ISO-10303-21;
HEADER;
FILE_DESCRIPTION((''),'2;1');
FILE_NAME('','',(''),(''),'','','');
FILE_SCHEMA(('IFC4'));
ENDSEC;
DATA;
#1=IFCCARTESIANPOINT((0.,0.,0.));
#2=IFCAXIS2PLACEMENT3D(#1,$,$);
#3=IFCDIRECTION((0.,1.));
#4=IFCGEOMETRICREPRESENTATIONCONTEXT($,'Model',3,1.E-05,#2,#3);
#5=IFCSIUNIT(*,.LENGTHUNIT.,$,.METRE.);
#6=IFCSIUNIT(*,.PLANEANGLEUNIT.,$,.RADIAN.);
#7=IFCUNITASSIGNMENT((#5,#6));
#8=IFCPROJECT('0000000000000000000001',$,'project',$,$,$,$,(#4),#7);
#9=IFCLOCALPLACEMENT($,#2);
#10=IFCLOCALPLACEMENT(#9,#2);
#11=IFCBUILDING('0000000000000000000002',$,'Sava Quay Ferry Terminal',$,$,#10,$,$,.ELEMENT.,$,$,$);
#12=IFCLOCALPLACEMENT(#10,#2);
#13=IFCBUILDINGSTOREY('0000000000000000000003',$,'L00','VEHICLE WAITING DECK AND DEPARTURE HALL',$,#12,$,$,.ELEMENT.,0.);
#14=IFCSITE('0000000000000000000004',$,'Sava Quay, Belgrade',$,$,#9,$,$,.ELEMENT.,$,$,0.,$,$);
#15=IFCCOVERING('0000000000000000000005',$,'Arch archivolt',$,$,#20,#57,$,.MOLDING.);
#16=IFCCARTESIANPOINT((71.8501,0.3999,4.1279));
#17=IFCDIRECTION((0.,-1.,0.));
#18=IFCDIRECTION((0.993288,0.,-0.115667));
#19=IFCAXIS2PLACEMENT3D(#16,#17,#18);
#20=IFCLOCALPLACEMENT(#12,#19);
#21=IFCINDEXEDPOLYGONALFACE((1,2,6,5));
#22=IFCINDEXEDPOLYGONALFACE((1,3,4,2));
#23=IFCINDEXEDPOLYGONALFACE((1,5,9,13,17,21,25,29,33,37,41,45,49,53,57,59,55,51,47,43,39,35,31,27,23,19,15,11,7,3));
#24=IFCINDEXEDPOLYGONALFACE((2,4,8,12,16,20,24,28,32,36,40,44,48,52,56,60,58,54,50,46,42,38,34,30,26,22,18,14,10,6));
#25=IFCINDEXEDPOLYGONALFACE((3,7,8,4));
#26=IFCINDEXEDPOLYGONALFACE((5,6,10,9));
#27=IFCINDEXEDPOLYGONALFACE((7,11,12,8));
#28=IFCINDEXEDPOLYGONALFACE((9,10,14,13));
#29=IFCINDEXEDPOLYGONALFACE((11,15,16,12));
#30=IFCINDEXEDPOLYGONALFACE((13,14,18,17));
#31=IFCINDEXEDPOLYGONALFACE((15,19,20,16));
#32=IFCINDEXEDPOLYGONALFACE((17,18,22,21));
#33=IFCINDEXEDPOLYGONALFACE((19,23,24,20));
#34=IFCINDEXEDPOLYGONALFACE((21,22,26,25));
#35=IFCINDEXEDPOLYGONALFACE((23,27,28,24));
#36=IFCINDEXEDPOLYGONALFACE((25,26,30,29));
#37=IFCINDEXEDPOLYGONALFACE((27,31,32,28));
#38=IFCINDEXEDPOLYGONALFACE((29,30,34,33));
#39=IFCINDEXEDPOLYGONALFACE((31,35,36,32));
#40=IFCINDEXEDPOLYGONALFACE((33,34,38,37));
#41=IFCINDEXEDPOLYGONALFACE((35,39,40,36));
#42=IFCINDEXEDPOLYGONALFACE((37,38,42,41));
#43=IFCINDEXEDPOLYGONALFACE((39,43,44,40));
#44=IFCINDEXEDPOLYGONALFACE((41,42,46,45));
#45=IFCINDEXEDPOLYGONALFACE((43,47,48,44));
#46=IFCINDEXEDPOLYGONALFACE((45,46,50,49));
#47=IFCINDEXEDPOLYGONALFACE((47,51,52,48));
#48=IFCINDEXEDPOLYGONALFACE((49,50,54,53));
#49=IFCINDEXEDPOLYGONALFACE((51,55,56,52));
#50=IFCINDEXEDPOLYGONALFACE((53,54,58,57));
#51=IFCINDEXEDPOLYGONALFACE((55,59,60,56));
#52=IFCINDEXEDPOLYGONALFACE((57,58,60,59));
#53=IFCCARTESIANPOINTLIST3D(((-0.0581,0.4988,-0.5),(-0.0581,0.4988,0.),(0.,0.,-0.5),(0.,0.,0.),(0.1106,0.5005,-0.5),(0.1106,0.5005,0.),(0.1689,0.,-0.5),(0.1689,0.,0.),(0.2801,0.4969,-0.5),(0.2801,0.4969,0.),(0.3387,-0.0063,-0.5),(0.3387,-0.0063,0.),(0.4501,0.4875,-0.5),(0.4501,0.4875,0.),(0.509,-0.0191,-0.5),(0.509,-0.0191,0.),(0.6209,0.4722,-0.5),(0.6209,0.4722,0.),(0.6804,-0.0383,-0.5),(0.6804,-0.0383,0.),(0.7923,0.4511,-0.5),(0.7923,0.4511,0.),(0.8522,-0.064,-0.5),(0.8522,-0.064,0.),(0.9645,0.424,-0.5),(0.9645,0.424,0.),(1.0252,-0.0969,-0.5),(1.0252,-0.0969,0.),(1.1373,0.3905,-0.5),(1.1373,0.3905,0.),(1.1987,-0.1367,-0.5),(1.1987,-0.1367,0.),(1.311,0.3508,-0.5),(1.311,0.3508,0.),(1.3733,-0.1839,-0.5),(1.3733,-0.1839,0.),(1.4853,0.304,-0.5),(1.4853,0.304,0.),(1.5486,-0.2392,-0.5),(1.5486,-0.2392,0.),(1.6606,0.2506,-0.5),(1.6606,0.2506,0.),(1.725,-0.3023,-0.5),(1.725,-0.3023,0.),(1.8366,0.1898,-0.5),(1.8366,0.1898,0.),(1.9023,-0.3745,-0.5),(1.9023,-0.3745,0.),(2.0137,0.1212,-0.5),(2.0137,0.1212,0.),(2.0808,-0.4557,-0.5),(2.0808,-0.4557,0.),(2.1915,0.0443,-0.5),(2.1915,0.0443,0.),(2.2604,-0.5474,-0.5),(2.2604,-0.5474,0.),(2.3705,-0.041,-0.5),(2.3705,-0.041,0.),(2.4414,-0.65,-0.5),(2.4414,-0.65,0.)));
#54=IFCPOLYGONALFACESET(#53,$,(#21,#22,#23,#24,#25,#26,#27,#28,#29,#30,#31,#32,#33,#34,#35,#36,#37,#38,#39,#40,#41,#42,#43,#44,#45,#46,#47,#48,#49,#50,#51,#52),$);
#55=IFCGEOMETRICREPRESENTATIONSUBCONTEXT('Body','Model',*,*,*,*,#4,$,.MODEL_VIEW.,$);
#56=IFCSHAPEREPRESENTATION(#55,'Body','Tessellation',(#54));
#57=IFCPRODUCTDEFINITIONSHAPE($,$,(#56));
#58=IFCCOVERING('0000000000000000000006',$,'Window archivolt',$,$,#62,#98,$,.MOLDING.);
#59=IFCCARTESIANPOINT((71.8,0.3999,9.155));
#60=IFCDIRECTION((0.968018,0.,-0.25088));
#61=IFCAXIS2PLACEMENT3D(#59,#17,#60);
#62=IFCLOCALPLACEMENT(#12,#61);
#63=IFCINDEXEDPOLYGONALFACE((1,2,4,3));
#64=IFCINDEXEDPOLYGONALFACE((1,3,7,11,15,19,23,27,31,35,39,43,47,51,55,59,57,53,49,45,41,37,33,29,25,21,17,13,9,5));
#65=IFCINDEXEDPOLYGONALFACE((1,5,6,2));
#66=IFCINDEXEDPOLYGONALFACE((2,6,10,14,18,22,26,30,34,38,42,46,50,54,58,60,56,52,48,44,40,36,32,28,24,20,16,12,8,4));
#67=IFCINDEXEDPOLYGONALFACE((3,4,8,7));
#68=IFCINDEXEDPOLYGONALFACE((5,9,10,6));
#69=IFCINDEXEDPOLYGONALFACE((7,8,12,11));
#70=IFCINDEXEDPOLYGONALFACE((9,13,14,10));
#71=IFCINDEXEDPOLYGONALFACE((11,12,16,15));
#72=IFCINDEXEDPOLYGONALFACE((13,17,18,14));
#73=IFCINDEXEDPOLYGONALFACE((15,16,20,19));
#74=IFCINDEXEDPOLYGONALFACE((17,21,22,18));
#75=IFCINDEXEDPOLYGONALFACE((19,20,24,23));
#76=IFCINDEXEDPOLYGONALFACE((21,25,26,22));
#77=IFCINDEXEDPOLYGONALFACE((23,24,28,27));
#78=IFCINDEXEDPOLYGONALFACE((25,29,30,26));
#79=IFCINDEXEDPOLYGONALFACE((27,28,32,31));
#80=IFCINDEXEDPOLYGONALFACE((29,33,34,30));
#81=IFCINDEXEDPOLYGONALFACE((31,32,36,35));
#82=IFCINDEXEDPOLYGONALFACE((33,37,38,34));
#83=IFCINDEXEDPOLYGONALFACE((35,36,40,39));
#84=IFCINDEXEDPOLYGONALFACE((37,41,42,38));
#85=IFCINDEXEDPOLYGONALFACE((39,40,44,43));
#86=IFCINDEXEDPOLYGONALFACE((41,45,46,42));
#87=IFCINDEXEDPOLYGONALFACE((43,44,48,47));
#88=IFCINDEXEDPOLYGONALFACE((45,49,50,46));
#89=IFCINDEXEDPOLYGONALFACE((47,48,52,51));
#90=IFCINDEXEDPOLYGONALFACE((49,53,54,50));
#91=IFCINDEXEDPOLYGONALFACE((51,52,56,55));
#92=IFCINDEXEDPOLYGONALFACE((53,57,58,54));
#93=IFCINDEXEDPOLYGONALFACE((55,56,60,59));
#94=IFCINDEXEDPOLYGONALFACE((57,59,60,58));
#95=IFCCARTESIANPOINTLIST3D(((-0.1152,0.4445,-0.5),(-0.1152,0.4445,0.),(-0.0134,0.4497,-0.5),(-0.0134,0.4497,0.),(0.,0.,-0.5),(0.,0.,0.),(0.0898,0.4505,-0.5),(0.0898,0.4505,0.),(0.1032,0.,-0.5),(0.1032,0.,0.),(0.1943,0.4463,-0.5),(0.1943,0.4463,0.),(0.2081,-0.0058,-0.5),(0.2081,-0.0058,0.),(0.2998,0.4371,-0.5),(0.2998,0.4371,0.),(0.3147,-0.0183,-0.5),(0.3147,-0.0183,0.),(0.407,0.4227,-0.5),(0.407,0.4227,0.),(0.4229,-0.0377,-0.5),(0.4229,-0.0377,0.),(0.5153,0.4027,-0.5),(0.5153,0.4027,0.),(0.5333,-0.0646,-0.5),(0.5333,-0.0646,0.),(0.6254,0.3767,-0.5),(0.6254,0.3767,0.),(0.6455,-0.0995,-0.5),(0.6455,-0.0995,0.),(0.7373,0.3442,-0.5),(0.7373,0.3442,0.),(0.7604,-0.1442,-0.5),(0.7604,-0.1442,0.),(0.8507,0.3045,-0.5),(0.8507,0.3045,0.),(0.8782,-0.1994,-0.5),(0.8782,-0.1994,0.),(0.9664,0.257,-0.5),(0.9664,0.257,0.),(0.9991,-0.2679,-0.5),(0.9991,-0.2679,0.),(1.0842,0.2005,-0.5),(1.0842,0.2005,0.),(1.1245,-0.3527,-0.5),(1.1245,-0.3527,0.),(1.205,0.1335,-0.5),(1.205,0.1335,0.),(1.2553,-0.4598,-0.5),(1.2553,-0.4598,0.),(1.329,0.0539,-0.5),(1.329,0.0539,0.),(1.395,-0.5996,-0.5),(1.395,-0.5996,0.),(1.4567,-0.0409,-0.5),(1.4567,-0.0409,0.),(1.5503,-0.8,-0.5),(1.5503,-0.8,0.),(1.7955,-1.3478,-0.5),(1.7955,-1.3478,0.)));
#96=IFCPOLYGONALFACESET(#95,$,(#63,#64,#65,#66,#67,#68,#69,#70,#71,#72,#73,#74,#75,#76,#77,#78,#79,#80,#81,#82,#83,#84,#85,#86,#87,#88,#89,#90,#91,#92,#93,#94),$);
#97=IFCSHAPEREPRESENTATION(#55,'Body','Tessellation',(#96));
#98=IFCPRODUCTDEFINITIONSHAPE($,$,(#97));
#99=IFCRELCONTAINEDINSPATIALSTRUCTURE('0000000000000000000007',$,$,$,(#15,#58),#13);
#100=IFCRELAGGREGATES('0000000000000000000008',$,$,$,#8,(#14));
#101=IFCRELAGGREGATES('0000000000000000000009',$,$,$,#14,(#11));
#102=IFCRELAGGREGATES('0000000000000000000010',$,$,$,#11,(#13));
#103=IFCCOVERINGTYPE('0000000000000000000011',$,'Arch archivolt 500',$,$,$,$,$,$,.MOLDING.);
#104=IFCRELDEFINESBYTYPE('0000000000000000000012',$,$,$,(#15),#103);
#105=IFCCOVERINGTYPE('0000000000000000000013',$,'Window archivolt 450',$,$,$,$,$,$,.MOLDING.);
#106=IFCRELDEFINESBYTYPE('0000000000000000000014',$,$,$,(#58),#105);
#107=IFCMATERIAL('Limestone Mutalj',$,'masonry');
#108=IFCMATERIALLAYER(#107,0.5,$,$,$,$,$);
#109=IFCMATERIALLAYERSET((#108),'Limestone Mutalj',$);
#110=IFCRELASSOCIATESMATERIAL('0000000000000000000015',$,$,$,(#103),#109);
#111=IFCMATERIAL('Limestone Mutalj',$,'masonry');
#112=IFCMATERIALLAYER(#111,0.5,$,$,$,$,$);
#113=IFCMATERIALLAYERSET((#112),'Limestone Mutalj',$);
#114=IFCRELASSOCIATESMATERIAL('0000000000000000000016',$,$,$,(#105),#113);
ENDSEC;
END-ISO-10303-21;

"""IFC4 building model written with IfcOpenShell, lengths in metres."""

from ifc_helpers import new_model, si_unit, direction, frame, origin, place, context, subcontext, project, spatial, polyline, outline, extrude, material, layer, layer_set, type_object, element, save


model = new_model("IFC4")

# Units and contexts
model_context = context("Model", 3, precision=1e-05, world=origin(), true_north=direction((0.0, 1.0)))
body_context = subcontext(model_context, "Body", "Model", "MODEL_VIEW")
ifc_project = project(units=[si_unit("LENGTHUNIT", "METRE"), si_unit("PLANEANGLEUNIT", "RADIAN")], contexts=[model_context])

# Site, building, storey
site_placement = place(None, origin())
site = spatial("IfcSite", under=ifc_project, at=site_placement, Name="Sava Quay, Belgrade", CompositionType="ELEMENT", RefElevation=0.0)
building_placement = place(site_placement, origin())
building = spatial("IfcBuilding", under=site, at=building_placement, Name="Sava Quay Ferry Terminal", CompositionType="ELEMENT")
storey_placement = place(building_placement, origin())
storey = spatial("IfcBuildingStorey", under=building, at=storey_placement, Name="L00", Description="VEHICLE WAITING DECK AND DEPARTURE HALL", CompositionType="ELEMENT", Elevation=0.0)

# Coverings
ifc_material_1 = material(Name="Limestone Mutalj", Category="masonry")
ifc_layer_1 = layer(ifc_material_1, 0.5)
ifc_layer_set_1 = layer_set([ifc_layer_1], Name="Limestone Mutalj")
covering_type_1 = type_object("IfcCoveringType", Name="Arch archivolt 500", PredefinedType="MOLDING", material=ifc_layer_set_1)
covering_1_placement = place(storey_placement, frame((71.8501, 0.3999, 4.1279), z_axis=(0.0, -1.0, 0.0), x_axis=(0.993288, 0.0, -0.115667)))
element("IfcCovering", 1, at=covering_1_placement, inside=storey, type_object=covering_type_1, Name="Arch archivolt", PredefinedType="MOLDING", context=body_context, shape_type="SweptSolid", body=[
    extrude(outline(polyline([(0.0, 0.0), (0.1689, 0.0), (0.3387, -0.0063), (0.509, -0.0191), (0.6804, -0.0383), (0.8522, -0.064), (1.0252, -0.0969), (1.1987, -0.1367), (1.3733, -0.1839), (1.5486, -0.2392), (1.725, -0.3023), (1.9023, -0.3745), (2.0808, -0.4557), (2.2604, -0.5474), (2.4414, -0.65), (2.3705, -0.041), (2.1915, 0.0443), (2.0137, 0.1212), (1.8366, 0.1898), (1.6606, 0.2506), (1.4853, 0.304), (1.311, 0.3508), (1.1373, 0.3905), (0.9645, 0.424), (0.7923, 0.4511), (0.6209, 0.4722), (0.4501, 0.4875), (0.2801, 0.4969), (0.1106, 0.5005), (-0.0581, 0.4988), (0.0, 0.0)])), origin(), (0.0, 0.0, -1.0), 0.5),
])
ifc_material_2 = material(Name="Limestone Mutalj", Category="masonry")
ifc_layer_2 = layer(ifc_material_2, 0.5)
ifc_layer_set_2 = layer_set([ifc_layer_2], Name="Limestone Mutalj")
covering_type_2 = type_object("IfcCoveringType", Name="Window archivolt 450", PredefinedType="MOLDING", material=ifc_layer_set_2)
covering_2_placement = place(storey_placement, frame((71.8, 0.3999, 9.155), z_axis=(0.0, -1.0, 0.0), x_axis=(0.968018, 0.0, -0.25088)))
element("IfcCovering", 2, at=covering_2_placement, inside=storey, type_object=covering_type_2, Name="Window archivolt", PredefinedType="MOLDING", context=body_context, shape_type="SweptSolid", body=[
    extrude(outline(polyline([(0.0, 0.0), (0.1032, 0.0), (0.2081, -0.0058), (0.3147, -0.0183), (0.4229, -0.0377), (0.5333, -0.0646), (0.6455, -0.0995), (0.7604, -0.1442), (0.8782, -0.1994), (0.9991, -0.2679), (1.1245, -0.3527), (1.2553, -0.4598), (1.395, -0.5996), (1.5503, -0.8), (1.7955, -1.3478), (1.4567, -0.0409), (1.329, 0.0539), (1.205, 0.1335), (1.0842, 0.2005), (0.9664, 0.257), (0.8507, 0.3045), (0.7373, 0.3442), (0.6254, 0.3767), (0.5153, 0.4027), (0.407, 0.4227), (0.2998, 0.4371), (0.1943, 0.4463), (0.0898, 0.4505), (-0.0134, 0.4497), (-0.1152, 0.4445), (0.0, 0.0)])), origin(), (0.0, 0.0, -1.0), 0.5),
])

save(model, "model.ifc")
